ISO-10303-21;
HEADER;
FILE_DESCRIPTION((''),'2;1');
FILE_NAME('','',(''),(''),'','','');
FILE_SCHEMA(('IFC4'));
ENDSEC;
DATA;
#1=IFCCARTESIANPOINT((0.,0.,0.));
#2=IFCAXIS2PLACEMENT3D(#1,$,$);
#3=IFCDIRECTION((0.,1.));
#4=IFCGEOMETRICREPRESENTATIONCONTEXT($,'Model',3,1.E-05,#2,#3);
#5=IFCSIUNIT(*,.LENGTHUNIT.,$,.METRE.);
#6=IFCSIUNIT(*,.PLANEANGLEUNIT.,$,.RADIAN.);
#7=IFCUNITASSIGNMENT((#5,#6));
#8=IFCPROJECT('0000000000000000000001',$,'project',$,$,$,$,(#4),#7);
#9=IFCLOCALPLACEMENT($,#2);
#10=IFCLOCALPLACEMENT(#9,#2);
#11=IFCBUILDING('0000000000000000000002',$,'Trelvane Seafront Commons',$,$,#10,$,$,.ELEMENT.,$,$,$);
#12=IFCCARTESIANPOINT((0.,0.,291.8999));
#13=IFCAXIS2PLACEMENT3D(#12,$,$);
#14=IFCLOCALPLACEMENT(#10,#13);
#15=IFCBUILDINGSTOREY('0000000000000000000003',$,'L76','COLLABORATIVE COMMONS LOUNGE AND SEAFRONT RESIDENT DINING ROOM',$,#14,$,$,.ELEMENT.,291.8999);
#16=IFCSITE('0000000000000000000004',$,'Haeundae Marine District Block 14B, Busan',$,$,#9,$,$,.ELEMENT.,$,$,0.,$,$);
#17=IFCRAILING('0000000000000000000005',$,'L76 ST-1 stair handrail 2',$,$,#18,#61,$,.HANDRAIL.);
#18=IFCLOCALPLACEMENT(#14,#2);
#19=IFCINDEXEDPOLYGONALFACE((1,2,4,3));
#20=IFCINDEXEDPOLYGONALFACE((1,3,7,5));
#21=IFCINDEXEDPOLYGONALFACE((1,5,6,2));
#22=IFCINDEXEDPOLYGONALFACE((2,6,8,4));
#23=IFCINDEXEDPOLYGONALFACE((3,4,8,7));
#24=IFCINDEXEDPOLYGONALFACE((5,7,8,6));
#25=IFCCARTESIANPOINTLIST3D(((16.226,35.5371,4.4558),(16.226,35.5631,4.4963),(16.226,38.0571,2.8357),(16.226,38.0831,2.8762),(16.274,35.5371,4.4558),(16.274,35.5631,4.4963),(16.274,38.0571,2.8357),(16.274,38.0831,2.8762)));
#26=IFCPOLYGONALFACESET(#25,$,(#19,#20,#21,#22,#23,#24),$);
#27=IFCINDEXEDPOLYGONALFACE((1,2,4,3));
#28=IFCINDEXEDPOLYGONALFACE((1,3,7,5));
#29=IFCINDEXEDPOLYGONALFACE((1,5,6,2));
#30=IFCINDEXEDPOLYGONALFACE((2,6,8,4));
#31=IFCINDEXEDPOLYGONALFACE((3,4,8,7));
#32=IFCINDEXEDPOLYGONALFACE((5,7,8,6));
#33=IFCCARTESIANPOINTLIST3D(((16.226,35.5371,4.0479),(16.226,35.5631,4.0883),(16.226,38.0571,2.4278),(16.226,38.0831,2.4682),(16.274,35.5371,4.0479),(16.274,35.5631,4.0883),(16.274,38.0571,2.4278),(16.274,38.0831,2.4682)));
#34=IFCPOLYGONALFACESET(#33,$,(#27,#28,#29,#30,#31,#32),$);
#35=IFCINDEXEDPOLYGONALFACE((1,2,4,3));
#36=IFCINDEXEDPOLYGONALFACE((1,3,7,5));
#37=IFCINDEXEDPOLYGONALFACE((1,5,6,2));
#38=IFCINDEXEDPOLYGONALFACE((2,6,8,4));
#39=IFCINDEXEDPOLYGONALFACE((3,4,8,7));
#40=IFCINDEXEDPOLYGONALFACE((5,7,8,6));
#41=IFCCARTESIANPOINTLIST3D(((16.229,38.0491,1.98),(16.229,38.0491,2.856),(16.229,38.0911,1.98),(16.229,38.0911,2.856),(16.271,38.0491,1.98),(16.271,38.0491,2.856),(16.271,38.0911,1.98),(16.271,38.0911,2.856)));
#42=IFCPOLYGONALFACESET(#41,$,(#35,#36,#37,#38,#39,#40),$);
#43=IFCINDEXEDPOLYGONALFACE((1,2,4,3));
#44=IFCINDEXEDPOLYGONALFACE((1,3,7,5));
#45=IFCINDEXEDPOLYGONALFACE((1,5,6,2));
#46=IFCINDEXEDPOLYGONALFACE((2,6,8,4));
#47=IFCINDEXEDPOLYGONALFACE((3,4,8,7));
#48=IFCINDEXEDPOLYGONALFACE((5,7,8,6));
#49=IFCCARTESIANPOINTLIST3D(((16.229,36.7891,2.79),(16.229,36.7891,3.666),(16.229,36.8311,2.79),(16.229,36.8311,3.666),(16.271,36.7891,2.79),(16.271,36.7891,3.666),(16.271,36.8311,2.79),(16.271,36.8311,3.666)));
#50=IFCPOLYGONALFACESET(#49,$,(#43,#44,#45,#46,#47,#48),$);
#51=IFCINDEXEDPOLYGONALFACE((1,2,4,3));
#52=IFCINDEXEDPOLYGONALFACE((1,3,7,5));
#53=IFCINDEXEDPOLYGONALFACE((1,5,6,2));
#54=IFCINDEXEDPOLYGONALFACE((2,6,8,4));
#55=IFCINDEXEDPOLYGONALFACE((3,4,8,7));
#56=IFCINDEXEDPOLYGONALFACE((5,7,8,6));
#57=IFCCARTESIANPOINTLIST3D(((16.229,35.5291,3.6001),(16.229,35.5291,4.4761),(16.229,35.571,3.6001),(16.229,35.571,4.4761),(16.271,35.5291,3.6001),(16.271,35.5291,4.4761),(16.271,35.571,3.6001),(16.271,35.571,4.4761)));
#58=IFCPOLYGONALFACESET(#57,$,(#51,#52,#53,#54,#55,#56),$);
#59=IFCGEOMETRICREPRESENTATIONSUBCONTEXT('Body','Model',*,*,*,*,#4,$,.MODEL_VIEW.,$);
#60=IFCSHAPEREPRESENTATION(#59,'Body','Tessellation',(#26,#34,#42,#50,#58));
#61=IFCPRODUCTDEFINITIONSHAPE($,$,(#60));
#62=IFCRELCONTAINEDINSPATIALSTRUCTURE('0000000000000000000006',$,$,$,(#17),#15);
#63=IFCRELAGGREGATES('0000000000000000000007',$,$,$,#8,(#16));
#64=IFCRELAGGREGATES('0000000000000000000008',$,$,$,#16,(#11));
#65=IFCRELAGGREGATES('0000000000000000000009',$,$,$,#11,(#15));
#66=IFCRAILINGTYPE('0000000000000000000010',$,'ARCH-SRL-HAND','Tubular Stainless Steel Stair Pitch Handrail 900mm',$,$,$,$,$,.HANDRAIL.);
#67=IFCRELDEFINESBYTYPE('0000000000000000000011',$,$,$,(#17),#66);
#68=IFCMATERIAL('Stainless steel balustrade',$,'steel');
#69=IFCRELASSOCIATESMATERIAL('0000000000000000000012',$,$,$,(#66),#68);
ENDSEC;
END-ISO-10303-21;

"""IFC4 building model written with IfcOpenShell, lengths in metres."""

from ifc_helpers import new_model, si_unit, direction, frame, origin, origin_2d, place, context, subcontext, project, spatial, rectangle, extrude, material, type_object, element, save


model = new_model("IFC4")

# Units and contexts
model_context = context("Model", 3, precision=1e-05, world=origin(), true_north=direction((0.0, 1.0)))
body_context = subcontext(model_context, "Body", "Model", "MODEL_VIEW")
ifc_project = project(units=[si_unit("LENGTHUNIT", "METRE"), si_unit("PLANEANGLEUNIT", "RADIAN")], contexts=[model_context])

# Site, building, storey
site_placement = place(None, origin())
site = spatial("IfcSite", under=ifc_project, at=site_placement, Name="Haeundae Marine District Block 14B, Busan", CompositionType="ELEMENT", RefElevation=0.0)
building_placement = place(site_placement, origin())
building = spatial("IfcBuilding", under=site, at=building_placement, Name="Trelvane Seafront Commons", CompositionType="ELEMENT")
storey_placement = place(building_placement, frame((0.0, 0.0, 291.8999)))
storey = spatial("IfcBuildingStorey", under=building, at=storey_placement, Name="L76", Description="COLLABORATIVE COMMONS LOUNGE AND SEAFRONT RESIDENT DINING ROOM", CompositionType="ELEMENT", Elevation=291.8999)

# Shared definitions
ifc_material_1 = material(Name="Stainless steel balustrade", Category="steel")

# Railing
railing_type_1 = type_object("IfcRailingType", Name="ARCH-SRL-HAND", Description="Tubular Stainless Steel Stair Pitch Handrail 900mm", PredefinedType="HANDRAIL", material=ifc_material_1)
railing_1_placement = place(storey_placement, frame((16.25, 38.0701, 1.98)))
element("IfcRailing", 1, at=railing_1_placement, inside=storey, type_object=railing_type_1, Name="L76 ST-1 stair handrail 2", PredefinedType="HANDRAIL", context=body_context, shape_type="SweptSolid", body=[
    extrude(rectangle(XDim=0.0481, YDim=0.0481, at=origin_2d()), frame((0.0, 0.0, 0.876), z_axis=(0.0, -0.841163, 0.540782), x_axis=(1.0, 0.0, 0.0)), (0.0, 0.0, 1.0), 2.9958),
    extrude(rectangle(XDim=0.0481, YDim=0.0481, at=origin_2d()), frame((0.0, 0.0, 0.468), z_axis=(0.0, -0.841163, 0.540782), x_axis=(1.0, 0.0, 0.0)), (0.0, 0.0, 1.0), 2.9958),
    extrude(rectangle(XDim=0.042, YDim=0.042, at=origin_2d()), origin(), (0.0, 0.0, 1.0), 0.876),
    extrude(rectangle(XDim=0.042, YDim=0.042, at=origin_2d()), frame((0.0, -1.26, 0.8101)), (0.0, 0.0, 1.0), 0.876),
    extrude(rectangle(XDim=0.042, YDim=0.042, at=origin_2d()), frame((0.0, -2.52, 1.6201)), (0.0, 0.0, 1.0), 0.876),
])

save(model, "model.ifc")
